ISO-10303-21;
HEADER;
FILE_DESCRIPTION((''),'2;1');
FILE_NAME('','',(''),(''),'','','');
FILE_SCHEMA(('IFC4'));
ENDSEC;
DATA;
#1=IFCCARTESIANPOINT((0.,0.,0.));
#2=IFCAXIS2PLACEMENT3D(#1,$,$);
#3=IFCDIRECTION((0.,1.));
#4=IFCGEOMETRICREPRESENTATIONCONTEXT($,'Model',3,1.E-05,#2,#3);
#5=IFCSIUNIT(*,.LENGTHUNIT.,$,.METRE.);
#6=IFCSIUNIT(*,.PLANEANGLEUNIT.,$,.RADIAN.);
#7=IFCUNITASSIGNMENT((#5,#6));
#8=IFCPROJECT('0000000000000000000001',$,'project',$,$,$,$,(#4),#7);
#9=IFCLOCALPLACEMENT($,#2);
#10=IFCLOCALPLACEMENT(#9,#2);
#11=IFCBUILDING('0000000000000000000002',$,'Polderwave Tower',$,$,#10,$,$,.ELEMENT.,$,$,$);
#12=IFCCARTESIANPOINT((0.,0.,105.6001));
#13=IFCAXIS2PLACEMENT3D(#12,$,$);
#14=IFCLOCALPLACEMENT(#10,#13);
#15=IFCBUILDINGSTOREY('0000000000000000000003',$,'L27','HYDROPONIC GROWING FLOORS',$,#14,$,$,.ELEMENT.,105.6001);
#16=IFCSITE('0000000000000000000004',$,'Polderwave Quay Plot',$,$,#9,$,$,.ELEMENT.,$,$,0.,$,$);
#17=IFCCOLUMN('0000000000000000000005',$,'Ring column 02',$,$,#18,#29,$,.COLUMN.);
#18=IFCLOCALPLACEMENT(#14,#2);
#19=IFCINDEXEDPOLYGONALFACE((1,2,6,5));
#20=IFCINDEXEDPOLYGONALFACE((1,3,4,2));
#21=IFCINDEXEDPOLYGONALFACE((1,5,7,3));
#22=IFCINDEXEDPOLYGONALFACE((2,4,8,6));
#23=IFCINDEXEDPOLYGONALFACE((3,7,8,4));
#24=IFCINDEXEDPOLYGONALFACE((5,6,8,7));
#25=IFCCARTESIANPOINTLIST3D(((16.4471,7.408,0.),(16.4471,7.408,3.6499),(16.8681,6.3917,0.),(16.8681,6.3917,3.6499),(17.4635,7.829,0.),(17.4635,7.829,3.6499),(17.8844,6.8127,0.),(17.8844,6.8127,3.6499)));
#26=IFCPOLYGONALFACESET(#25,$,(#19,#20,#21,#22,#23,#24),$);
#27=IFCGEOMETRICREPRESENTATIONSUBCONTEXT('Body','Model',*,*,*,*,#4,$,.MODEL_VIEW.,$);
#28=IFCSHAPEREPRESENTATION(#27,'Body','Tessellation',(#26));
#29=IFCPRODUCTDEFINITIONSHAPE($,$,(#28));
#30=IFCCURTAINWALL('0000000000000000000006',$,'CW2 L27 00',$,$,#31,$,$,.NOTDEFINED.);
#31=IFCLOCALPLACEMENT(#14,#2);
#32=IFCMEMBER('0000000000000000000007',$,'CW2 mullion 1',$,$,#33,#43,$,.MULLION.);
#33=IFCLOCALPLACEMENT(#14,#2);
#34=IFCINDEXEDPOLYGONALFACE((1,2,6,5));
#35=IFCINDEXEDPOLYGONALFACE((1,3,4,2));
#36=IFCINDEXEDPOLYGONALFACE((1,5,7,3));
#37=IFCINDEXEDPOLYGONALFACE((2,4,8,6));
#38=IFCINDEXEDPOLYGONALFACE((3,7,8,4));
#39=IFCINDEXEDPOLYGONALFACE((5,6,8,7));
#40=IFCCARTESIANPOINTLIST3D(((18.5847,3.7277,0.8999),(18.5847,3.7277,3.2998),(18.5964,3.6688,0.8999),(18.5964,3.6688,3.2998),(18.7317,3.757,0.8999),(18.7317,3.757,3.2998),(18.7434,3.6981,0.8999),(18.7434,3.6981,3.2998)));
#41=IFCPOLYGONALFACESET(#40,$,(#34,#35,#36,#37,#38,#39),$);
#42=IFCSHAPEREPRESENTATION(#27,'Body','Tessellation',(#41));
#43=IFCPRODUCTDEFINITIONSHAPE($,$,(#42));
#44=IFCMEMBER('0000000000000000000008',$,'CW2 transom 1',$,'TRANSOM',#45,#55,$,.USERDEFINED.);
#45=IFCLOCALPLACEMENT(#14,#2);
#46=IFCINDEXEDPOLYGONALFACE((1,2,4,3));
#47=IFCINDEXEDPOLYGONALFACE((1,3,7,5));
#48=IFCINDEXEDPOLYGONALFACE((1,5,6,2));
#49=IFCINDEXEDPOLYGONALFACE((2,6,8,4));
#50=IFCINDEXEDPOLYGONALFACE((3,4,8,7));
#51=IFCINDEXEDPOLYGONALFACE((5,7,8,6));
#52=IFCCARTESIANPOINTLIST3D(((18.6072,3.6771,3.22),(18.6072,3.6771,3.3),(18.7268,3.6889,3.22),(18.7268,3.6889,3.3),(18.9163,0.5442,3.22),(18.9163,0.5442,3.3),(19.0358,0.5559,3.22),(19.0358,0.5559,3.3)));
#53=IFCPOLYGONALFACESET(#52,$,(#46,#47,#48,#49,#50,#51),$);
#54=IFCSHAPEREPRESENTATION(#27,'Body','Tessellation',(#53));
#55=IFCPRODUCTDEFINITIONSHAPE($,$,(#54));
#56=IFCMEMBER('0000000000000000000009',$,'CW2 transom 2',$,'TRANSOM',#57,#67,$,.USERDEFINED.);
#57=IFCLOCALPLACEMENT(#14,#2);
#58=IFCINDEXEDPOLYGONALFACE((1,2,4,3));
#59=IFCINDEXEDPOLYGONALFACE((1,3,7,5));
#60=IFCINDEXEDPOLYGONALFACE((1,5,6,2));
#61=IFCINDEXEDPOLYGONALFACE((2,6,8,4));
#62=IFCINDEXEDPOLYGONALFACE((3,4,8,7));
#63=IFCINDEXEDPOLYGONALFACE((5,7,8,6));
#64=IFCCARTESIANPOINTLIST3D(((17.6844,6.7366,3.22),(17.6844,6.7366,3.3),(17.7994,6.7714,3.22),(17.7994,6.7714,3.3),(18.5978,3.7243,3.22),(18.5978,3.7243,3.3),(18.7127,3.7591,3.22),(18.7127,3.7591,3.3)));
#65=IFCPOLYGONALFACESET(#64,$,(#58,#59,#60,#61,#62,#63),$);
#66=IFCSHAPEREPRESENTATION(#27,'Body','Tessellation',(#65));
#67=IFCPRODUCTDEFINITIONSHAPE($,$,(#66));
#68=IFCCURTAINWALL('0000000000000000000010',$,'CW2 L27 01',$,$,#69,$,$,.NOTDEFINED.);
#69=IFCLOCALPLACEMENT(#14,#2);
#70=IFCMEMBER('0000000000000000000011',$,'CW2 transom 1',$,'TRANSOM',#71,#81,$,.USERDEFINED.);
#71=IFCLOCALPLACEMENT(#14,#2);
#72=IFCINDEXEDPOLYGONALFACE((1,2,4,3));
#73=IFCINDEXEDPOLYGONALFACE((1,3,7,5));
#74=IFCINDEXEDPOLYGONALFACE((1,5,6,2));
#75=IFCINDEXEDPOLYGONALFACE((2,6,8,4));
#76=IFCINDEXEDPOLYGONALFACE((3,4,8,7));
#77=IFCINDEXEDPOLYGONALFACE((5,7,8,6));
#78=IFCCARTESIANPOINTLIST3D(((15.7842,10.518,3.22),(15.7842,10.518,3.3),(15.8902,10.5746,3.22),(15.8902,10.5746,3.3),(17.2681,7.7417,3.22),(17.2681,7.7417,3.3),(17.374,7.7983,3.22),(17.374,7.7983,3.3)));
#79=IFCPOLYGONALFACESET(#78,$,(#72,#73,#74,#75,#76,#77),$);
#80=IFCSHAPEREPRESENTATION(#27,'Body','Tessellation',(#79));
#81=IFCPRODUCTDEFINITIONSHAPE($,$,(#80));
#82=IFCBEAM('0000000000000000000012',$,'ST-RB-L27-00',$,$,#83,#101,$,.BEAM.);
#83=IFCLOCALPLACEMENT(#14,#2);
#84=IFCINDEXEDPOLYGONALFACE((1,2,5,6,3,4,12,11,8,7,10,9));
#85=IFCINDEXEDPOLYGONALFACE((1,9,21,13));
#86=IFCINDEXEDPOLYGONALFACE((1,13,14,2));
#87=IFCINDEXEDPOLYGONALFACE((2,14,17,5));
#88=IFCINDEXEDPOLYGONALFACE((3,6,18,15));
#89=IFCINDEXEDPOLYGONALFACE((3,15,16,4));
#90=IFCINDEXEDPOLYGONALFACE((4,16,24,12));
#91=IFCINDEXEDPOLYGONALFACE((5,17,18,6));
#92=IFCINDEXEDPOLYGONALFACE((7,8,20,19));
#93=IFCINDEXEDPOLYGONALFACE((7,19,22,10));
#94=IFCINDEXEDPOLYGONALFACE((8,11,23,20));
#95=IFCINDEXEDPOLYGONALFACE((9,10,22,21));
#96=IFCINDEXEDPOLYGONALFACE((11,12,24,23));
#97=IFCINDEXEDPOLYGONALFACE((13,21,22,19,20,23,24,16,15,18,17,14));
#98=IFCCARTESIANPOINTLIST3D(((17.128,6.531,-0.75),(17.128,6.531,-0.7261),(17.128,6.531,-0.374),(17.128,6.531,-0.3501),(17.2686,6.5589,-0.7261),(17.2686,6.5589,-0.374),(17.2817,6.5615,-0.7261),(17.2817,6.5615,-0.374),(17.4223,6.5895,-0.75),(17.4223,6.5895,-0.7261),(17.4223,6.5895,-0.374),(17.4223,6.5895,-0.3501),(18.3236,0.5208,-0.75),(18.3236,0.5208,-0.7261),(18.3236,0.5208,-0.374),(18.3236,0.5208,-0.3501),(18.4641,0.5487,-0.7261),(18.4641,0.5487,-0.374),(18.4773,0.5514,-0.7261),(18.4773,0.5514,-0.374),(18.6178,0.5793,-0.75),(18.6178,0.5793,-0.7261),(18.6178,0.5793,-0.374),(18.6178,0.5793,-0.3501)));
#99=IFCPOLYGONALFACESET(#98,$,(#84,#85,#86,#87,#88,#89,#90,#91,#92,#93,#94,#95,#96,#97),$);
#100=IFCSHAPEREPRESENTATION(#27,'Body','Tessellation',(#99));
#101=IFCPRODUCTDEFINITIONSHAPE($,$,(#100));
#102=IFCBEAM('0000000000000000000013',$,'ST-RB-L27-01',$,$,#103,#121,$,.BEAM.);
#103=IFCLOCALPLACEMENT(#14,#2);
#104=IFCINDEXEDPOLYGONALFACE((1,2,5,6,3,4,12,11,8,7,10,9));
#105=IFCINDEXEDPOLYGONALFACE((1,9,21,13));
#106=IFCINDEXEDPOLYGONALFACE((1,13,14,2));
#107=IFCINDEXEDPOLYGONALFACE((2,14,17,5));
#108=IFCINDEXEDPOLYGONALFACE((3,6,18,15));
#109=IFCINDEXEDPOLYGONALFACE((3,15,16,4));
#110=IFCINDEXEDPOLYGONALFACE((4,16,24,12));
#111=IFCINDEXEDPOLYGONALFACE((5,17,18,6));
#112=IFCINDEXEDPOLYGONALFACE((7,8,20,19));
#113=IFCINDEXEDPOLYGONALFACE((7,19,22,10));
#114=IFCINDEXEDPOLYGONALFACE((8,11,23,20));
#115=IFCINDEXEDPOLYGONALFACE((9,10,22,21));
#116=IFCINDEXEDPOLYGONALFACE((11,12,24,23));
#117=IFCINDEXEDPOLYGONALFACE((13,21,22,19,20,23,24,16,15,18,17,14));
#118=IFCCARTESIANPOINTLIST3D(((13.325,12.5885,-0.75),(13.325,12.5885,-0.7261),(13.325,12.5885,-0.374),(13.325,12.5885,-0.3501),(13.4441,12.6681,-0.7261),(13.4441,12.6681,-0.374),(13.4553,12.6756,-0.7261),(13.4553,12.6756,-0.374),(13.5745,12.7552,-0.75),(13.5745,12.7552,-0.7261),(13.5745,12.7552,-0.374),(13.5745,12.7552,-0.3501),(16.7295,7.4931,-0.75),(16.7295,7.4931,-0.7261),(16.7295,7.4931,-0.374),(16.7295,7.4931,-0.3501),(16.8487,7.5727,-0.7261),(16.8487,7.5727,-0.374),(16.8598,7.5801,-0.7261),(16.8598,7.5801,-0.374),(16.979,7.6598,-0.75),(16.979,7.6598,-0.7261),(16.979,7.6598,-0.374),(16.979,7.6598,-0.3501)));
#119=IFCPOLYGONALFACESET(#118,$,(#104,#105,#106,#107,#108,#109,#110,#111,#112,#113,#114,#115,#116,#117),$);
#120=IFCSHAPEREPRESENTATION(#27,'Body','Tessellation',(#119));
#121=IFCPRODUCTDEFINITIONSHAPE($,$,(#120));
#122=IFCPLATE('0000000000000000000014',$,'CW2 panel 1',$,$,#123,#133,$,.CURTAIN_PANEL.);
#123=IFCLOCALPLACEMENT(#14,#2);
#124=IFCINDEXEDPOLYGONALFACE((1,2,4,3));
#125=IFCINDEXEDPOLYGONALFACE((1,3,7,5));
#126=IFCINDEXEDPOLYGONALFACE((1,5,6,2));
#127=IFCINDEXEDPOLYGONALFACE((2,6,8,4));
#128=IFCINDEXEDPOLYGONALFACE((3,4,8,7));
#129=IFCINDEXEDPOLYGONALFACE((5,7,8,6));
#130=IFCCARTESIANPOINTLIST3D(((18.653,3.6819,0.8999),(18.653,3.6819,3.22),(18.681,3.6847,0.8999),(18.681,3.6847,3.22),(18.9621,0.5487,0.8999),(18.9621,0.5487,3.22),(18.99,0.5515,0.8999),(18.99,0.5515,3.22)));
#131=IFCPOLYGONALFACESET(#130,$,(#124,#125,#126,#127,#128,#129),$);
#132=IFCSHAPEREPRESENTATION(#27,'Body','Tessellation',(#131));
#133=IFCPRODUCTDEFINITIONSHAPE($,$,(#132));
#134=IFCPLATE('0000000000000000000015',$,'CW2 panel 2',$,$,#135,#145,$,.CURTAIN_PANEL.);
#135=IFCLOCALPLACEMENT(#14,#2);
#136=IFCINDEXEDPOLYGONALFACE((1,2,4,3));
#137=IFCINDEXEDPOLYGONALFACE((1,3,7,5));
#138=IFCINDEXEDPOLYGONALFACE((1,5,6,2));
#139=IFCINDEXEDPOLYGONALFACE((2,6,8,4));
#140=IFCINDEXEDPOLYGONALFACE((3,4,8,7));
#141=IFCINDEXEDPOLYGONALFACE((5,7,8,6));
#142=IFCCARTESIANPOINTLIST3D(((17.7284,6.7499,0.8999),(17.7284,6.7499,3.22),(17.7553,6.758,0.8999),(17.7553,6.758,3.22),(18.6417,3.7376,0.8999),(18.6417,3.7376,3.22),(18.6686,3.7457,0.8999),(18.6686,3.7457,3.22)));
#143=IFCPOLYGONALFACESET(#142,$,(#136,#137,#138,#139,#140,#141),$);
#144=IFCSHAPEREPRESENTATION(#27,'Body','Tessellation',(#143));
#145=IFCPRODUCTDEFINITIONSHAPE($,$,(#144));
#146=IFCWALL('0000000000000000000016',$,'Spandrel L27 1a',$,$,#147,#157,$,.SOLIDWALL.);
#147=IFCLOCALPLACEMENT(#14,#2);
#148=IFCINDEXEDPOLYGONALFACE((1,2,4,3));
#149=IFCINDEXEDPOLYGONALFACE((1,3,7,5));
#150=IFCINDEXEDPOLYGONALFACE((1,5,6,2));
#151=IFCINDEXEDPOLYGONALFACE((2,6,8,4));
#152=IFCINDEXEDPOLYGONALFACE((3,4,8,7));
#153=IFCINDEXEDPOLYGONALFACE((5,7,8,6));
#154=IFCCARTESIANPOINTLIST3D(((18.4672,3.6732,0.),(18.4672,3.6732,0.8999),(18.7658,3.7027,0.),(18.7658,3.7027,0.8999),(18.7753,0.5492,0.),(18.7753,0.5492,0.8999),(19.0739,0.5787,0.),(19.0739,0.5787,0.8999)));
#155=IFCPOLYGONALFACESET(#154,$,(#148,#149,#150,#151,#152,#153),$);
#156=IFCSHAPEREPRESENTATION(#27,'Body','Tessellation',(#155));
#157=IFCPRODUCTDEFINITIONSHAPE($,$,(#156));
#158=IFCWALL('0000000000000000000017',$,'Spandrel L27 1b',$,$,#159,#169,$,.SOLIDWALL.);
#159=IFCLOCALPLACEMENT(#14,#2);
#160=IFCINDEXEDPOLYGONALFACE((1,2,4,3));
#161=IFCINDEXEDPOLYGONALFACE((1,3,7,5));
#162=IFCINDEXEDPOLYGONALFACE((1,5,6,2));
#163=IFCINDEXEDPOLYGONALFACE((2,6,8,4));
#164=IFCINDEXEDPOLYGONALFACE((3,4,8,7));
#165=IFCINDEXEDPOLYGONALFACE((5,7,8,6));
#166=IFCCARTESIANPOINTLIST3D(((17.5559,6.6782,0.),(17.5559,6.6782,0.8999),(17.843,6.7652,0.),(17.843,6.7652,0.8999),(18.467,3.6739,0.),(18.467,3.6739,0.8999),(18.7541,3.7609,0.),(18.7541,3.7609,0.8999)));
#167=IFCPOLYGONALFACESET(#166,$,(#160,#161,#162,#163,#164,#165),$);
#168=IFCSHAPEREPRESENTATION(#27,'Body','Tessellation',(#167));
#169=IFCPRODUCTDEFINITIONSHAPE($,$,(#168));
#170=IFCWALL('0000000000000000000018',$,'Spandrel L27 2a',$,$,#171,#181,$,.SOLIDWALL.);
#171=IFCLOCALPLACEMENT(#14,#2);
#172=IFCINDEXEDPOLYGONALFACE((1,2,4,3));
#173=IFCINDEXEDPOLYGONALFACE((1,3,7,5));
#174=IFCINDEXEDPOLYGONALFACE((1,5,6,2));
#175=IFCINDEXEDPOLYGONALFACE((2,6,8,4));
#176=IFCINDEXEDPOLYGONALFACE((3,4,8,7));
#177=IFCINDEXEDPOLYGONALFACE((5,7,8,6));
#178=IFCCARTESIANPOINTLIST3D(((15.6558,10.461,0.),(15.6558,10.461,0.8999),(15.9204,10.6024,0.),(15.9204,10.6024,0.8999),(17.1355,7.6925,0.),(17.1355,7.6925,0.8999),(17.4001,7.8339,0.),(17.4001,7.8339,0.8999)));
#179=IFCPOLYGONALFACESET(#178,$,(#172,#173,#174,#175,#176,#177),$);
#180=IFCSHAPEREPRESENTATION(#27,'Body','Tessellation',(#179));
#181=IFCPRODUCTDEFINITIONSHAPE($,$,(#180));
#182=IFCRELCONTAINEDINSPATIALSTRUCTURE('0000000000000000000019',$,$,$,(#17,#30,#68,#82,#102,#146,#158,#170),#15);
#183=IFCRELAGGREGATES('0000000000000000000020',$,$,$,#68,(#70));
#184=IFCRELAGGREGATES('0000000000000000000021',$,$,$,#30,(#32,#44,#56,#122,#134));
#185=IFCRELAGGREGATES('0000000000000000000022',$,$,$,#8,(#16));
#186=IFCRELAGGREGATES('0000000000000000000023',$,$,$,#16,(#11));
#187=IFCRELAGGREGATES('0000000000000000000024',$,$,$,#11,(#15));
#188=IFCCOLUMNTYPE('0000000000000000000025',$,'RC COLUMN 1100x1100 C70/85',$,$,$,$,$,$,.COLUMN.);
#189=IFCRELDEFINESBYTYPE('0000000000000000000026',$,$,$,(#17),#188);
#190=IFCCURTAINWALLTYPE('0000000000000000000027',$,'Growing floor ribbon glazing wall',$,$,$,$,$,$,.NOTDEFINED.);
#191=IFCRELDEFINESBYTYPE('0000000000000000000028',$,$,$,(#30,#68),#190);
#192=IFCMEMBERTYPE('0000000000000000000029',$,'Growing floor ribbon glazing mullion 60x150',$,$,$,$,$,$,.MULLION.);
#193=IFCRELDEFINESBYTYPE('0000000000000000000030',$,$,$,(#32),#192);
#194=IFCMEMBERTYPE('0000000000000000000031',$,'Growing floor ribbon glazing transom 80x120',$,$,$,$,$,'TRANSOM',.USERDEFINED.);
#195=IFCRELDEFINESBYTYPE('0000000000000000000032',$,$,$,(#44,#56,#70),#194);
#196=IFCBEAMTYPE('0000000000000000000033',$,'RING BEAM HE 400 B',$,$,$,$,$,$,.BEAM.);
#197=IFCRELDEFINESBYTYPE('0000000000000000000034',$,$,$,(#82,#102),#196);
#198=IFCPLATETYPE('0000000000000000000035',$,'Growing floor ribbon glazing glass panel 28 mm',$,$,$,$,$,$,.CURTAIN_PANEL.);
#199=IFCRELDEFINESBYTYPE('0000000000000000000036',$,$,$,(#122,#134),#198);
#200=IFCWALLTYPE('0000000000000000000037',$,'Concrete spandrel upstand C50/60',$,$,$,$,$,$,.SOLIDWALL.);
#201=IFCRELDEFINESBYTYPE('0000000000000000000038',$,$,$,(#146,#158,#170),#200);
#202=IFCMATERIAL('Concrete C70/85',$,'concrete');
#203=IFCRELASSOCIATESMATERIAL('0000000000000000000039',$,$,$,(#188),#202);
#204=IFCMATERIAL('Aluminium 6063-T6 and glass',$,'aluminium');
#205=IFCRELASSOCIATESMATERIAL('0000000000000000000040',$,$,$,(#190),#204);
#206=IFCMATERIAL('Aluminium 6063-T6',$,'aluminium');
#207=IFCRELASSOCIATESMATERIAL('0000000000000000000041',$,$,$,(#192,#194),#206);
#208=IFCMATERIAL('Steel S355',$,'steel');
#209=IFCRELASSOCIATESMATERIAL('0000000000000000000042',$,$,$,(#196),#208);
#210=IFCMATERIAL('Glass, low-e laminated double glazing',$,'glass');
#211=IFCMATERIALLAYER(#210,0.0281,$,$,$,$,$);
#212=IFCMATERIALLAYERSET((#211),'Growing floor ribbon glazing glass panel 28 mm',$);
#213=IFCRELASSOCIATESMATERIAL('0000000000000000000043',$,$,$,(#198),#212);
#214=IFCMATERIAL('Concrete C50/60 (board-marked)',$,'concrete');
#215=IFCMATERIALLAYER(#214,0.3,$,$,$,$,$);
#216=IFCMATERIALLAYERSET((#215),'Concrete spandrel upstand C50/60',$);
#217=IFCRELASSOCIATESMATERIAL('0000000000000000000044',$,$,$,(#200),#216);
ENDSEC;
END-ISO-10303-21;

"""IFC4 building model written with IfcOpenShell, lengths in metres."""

from ifc_helpers import new_model, si_unit, direction, frame, frame_2d, origin, origin_2d, place, context, subcontext, project, spatial, rectangle, i_section, extrude, material, layer, layer_set, material_profile, profile_set, type_object, element, aggregate, save


model = new_model("IFC4")

# Units and contexts
model_context = context("Model", 3, precision=1e-05, world=origin(), true_north=direction((0.0, 1.0)))
body_context = subcontext(model_context, "Body", "Model", "MODEL_VIEW")
ifc_project = project(units=[si_unit("LENGTHUNIT", "METRE"), si_unit("PLANEANGLEUNIT", "RADIAN")], contexts=[model_context])

# Site, building, storey
site_placement = place(None, origin())
site = spatial("IfcSite", under=ifc_project, at=site_placement, Name="Polderwave Quay Plot", CompositionType="ELEMENT", RefElevation=0.0)
building_placement = place(site_placement, origin())
building = spatial("IfcBuilding", under=site, at=building_placement, Name="Polderwave Tower", CompositionType="ELEMENT")
storey_placement = place(building_placement, frame((0.0, 0.0, 105.6001)))
storey = spatial("IfcBuildingStorey", under=building, at=storey_placement, Name="L27", Description="HYDROPONIC GROWING FLOORS", CompositionType="ELEMENT", Elevation=105.6001)

# Column
ifc_material_1 = material(Name="Concrete C70/85", Category="concrete")
ifc_material_profile_1 = material_profile(ifc_material_1, rectangle(XDim=1.1001, YDim=1.1001, at=origin_2d()), Name="RC 1100x1100")
ifc_profile_set_1 = profile_set([ifc_material_profile_1], Name="Concrete C70/85")
column_type = type_object("IfcColumnType", Name="RC COLUMN 1100x1100 C70/85", PredefinedType="COLUMN", material=ifc_profile_set_1)
column_placement = place(storey_placement, frame((17.1658, 7.1104, 0.0), z_axis=(0.0, 0.0, 1.0), x_axis=(0.92388, 0.382683, 0.0)))
element("IfcColumn", 1, at=column_placement, inside=storey, type_object=column_type, Name="Ring column 02", PredefinedType="COLUMN", context=body_context, shape_type="SweptSolid", body=[
    extrude(rectangle(XDim=1.1001, YDim=1.1001, at=origin_2d()), origin(), (0.0, 0.0, 1.0), 3.6499),
])

# Curtain wall, members
ifc_material_2 = material(Name="Aluminium 6063-T6 and glass", Category="aluminium")
curtain_wall_type = type_object("IfcCurtainWallType", Name="Growing floor ribbon glazing wall", PredefinedType="NOTDEFINED", material=ifc_material_2)
curtain_wall_1_placement = place(storey_placement, origin())
curtain_wall_1 = element("IfcCurtainWall", 2, at=curtain_wall_1_placement, inside=storey, type_object=curtain_wall_type, Name="CW2 L27 00", PredefinedType="NOTDEFINED")
ifc_material_3 = material(Name="Aluminium 6063-T6", Category="aluminium")
ifc_material_profile_2 = material_profile(ifc_material_3, rectangle(XDim=0.1499, YDim=0.0601, at=origin_2d()), Name="AL 60x150")
ifc_profile_set_2 = profile_set([ifc_material_profile_2], Name="Aluminium 6063-T6")
member_type_1 = type_object("IfcMemberType", Name="Growing floor ribbon glazing mullion 60x150", PredefinedType="MULLION", material=ifc_profile_set_2)
member_1_placement = place(storey_placement, frame((18.6641, 3.7129, 0.8999), z_axis=(0.0, 0.0, 1.0), x_axis=(-0.980785, -0.195092, 0.0)))
member_1 = element("IfcMember", 3, at=member_1_placement, type_object=member_type_1, Name="CW2 mullion 1", PredefinedType="MULLION", context=body_context, shape_type="SweptSolid", body=[
    extrude(rectangle(XDim=0.1499, YDim=0.0601, at=origin_2d()), origin(), (0.0, 0.0, 1.0), 2.3999),
])
ifc_material_profile_3 = material_profile(ifc_material_3, rectangle(XDim=0.1201, YDim=0.0801, at=origin_2d()), Name="AL 80x120")
ifc_profile_set_3 = profile_set([ifc_material_profile_3], Name="Aluminium 6063-T6")
member_type_2 = type_object("IfcMemberType", Name="Growing floor ribbon glazing transom 80x120", ElementType="TRANSOM", PredefinedType="USERDEFINED", material=ifc_profile_set_3)
member_2_placement = place(storey_placement, frame((18.9761, 0.55, 3.26), z_axis=(-0.098175, 0.995169, 0.0), x_axis=(-0.995169, -0.098175, 0.0)))
member_2 = element("IfcMember", 4, at=member_2_placement, type_object=member_type_2, Name="CW2 transom 1", ObjectType="TRANSOM", PredefinedType="USERDEFINED", context=body_context, shape_type="SweptSolid", body=[
    extrude(rectangle(XDim=0.1201, YDim=0.0801, at=origin_2d()), origin(), (0.0, 0.0, 1.0), 3.1482),
])
member_3_placement = place(storey_placement, frame((18.6553, 3.7417, 3.26), z_axis=(-0.290165, 0.956977, 0.0), x_axis=(-0.956977, -0.290165, 0.0)))
member_3 = element("IfcMember", 5, at=member_3_placement, type_object=member_type_2, Name="CW2 transom 2", ObjectType="TRANSOM", PredefinedType="USERDEFINED", context=body_context, shape_type="SweptSolid", body=[
    extrude(rectangle(XDim=0.1201, YDim=0.0801, at=origin_2d()), origin(), (0.0, 0.0, 1.0), 3.1477),
])

# Curtain wall, member
curtain_wall_2_placement = place(storey_placement, origin())
curtain_wall_2 = element("IfcCurtainWall", 6, at=curtain_wall_2_placement, inside=storey, type_object=curtain_wall_type, Name="CW2 L27 01", PredefinedType="NOTDEFINED")
member_4_placement = place(storey_placement, frame((17.321, 7.77, 3.26), z_axis=(-0.471369, 0.881936, 0.0), x_axis=(-0.881936, -0.471369, 0.0)))
member_4 = element("IfcMember", 7, at=member_4_placement, type_object=member_type_2, Name="CW2 transom 1", ObjectType="TRANSOM", PredefinedType="USERDEFINED", context=body_context, shape_type="SweptSolid", body=[
    extrude(rectangle(XDim=0.1201, YDim=0.0801, at=origin_2d()), origin(), (0.0, 0.0, 1.0), 3.1479),
])
aggregate(curtain_wall_2, [member_4])

# Beams
ifc_material_4 = material(Name="Steel S355", Category="steel")
ifc_material_profile_4 = material_profile(ifc_material_4, i_section(OverallWidth=0.3, OverallDepth=0.3999, WebThickness=0.0134, FlangeThickness=0.0239, at=origin_2d()), Name="HE 400 B")
ifc_profile_set_4 = profile_set([ifc_material_profile_4], Name="Steel S355")
beam_type = type_object("IfcBeamType", Name="RING BEAM HE 400 B", PredefinedType="BEAM", material=ifc_profile_set_4)
beam_1_placement = place(storey_placement, frame((18.4707, 0.55, -0.55), z_axis=(-0.195097, 0.980784, 0.0), x_axis=(-0.980784, -0.195097, 0.0)))
element("IfcBeam", 8, at=beam_1_placement, inside=storey, type_object=beam_type, Name="ST-RB-L27-00", PredefinedType="BEAM", context=body_context, shape_type="SweptSolid", body=[
    extrude(i_section(OverallWidth=0.3, OverallDepth=0.3999, WebThickness=0.0134, FlangeThickness=0.0239, at=origin_2d()), origin(), (0.0, 0.0, 1.0), 6.1279),
])
beam_2_placement = place(storey_placement, frame((16.8542, 7.5764, -0.55), z_axis=(-0.555555, 0.83148, 0.0), x_axis=(-0.83148, -0.555555, 0.0)))
element("IfcBeam", 9, at=beam_2_placement, inside=storey, type_object=beam_type, Name="ST-RB-L27-01", PredefinedType="BEAM", context=body_context, shape_type="SweptSolid", body=[
    extrude(i_section(OverallWidth=0.3, OverallDepth=0.3999, WebThickness=0.0134, FlangeThickness=0.0239, at=origin_2d()), origin(), (0.0, 0.0, 1.0), 6.1282),
])

# Plates
ifc_material_5 = material(Name="Glass, low-e laminated double glazing", Category="glass")
ifc_layer_1 = layer(ifc_material_5, 0.0281)
ifc_layer_set_1 = layer_set([ifc_layer_1], Name="Growing floor ribbon glazing glass panel 28 mm")
plate_type = type_object("IfcPlateType", Name="Growing floor ribbon glazing glass panel 28 mm", PredefinedType="CURTAIN_PANEL", material=ifc_layer_set_1)
plate_1_placement = place(storey_placement, frame((18.8215, 2.1167, 0.8999), z_axis=(0.0, 0.0, 1.0), x_axis=(-0.098165, 0.99517, 0.0)))
plate_1 = element("IfcPlate", 10, at=plate_1_placement, type_object=plate_type, Name="CW2 panel 1", PredefinedType="CURTAIN_PANEL", context=body_context, shape_type="SweptSolid", body=[
    extrude(rectangle(XDim=3.1484, YDim=0.0281, at=origin_2d()), origin(), (0.0, 0.0, 1.0), 2.3201),
])
plate_2_placement = place(storey_placement, frame((18.1985, 5.2478, 0.8999), z_axis=(0.0, 0.0, 1.0), x_axis=(-0.290148, 0.956982, 0.0)))
plate_2 = element("IfcPlate", 11, at=plate_2_placement, type_object=plate_type, Name="CW2 panel 2", PredefinedType="CURTAIN_PANEL", context=body_context, shape_type="SweptSolid", body=[
    extrude(rectangle(XDim=3.1477, YDim=0.0281, at=origin_2d()), origin(), (0.0, 0.0, 1.0), 2.3201),
])
aggregate(curtain_wall_1, [member_1, member_2, member_3, plate_1, plate_2])

# Walls
ifc_material_6 = material(Name="Concrete C50/60 (board-marked)", Category="concrete")
ifc_layer_2 = layer(ifc_material_6, 0.3)
ifc_layer_set_2 = layer_set([ifc_layer_2], Name="Concrete spandrel upstand C50/60")
wall_type_1 = type_object("IfcWallType", Name="Concrete spandrel upstand C50/60", PredefinedType="SOLIDWALL", material=ifc_layer_set_2)
wall_1_placement = place(storey_placement, frame((18.9246, 0.564, 0.0), z_axis=(0.0, 0.0, 1.0), x_axis=(-0.098148, 0.995172, 0.0)))
element("IfcWall", 12, at=wall_1_placement, inside=storey, type_object=wall_type_1, Name="Spandrel L27 1a", PredefinedType="SOLIDWALL", context=body_context, shape_type="SweptSolid", body=[
    extrude(rectangle(XDim=3.1392, YDim=0.3, at=frame_2d((1.5696, 0.0))), origin(), (0.0, 0.0, 1.0), 0.8999),
])
wall_2_placement = place(storey_placement, frame((18.6106, 3.7173, 0.0), z_axis=(0.0, 0.0, 1.0), x_axis=(-0.290215, 0.956962, 0.0)))
element("IfcWall", 13, at=wall_2_placement, inside=storey, type_object=wall_type_1, Name="Spandrel L27 1b", PredefinedType="SOLIDWALL", context=body_context, shape_type="SweptSolid", body=[
    extrude(rectangle(XDim=3.1394, YDim=0.3, at=frame_2d((1.5698, 0.0))), origin(), (0.0, 0.0, 1.0), 0.8999),
])
wall_3_placement = place(storey_placement, frame((17.2678, 7.7632, 0.0), z_axis=(0.0, 0.0, 1.0), x_axis=(-0.471375, 0.881933, 0.0)))
element("IfcWall", 14, at=wall_3_placement, inside=storey, type_object=wall_type_1, Name="Spandrel L27 2a", PredefinedType="SOLIDWALL", context=body_context, shape_type="SweptSolid", body=[
    extrude(rectangle(XDim=3.1392, YDim=0.3, at=frame_2d((1.5696, 0.0))), origin(), (0.0, 0.0, 1.0), 0.8999),
])

save(model, "model.ifc")
